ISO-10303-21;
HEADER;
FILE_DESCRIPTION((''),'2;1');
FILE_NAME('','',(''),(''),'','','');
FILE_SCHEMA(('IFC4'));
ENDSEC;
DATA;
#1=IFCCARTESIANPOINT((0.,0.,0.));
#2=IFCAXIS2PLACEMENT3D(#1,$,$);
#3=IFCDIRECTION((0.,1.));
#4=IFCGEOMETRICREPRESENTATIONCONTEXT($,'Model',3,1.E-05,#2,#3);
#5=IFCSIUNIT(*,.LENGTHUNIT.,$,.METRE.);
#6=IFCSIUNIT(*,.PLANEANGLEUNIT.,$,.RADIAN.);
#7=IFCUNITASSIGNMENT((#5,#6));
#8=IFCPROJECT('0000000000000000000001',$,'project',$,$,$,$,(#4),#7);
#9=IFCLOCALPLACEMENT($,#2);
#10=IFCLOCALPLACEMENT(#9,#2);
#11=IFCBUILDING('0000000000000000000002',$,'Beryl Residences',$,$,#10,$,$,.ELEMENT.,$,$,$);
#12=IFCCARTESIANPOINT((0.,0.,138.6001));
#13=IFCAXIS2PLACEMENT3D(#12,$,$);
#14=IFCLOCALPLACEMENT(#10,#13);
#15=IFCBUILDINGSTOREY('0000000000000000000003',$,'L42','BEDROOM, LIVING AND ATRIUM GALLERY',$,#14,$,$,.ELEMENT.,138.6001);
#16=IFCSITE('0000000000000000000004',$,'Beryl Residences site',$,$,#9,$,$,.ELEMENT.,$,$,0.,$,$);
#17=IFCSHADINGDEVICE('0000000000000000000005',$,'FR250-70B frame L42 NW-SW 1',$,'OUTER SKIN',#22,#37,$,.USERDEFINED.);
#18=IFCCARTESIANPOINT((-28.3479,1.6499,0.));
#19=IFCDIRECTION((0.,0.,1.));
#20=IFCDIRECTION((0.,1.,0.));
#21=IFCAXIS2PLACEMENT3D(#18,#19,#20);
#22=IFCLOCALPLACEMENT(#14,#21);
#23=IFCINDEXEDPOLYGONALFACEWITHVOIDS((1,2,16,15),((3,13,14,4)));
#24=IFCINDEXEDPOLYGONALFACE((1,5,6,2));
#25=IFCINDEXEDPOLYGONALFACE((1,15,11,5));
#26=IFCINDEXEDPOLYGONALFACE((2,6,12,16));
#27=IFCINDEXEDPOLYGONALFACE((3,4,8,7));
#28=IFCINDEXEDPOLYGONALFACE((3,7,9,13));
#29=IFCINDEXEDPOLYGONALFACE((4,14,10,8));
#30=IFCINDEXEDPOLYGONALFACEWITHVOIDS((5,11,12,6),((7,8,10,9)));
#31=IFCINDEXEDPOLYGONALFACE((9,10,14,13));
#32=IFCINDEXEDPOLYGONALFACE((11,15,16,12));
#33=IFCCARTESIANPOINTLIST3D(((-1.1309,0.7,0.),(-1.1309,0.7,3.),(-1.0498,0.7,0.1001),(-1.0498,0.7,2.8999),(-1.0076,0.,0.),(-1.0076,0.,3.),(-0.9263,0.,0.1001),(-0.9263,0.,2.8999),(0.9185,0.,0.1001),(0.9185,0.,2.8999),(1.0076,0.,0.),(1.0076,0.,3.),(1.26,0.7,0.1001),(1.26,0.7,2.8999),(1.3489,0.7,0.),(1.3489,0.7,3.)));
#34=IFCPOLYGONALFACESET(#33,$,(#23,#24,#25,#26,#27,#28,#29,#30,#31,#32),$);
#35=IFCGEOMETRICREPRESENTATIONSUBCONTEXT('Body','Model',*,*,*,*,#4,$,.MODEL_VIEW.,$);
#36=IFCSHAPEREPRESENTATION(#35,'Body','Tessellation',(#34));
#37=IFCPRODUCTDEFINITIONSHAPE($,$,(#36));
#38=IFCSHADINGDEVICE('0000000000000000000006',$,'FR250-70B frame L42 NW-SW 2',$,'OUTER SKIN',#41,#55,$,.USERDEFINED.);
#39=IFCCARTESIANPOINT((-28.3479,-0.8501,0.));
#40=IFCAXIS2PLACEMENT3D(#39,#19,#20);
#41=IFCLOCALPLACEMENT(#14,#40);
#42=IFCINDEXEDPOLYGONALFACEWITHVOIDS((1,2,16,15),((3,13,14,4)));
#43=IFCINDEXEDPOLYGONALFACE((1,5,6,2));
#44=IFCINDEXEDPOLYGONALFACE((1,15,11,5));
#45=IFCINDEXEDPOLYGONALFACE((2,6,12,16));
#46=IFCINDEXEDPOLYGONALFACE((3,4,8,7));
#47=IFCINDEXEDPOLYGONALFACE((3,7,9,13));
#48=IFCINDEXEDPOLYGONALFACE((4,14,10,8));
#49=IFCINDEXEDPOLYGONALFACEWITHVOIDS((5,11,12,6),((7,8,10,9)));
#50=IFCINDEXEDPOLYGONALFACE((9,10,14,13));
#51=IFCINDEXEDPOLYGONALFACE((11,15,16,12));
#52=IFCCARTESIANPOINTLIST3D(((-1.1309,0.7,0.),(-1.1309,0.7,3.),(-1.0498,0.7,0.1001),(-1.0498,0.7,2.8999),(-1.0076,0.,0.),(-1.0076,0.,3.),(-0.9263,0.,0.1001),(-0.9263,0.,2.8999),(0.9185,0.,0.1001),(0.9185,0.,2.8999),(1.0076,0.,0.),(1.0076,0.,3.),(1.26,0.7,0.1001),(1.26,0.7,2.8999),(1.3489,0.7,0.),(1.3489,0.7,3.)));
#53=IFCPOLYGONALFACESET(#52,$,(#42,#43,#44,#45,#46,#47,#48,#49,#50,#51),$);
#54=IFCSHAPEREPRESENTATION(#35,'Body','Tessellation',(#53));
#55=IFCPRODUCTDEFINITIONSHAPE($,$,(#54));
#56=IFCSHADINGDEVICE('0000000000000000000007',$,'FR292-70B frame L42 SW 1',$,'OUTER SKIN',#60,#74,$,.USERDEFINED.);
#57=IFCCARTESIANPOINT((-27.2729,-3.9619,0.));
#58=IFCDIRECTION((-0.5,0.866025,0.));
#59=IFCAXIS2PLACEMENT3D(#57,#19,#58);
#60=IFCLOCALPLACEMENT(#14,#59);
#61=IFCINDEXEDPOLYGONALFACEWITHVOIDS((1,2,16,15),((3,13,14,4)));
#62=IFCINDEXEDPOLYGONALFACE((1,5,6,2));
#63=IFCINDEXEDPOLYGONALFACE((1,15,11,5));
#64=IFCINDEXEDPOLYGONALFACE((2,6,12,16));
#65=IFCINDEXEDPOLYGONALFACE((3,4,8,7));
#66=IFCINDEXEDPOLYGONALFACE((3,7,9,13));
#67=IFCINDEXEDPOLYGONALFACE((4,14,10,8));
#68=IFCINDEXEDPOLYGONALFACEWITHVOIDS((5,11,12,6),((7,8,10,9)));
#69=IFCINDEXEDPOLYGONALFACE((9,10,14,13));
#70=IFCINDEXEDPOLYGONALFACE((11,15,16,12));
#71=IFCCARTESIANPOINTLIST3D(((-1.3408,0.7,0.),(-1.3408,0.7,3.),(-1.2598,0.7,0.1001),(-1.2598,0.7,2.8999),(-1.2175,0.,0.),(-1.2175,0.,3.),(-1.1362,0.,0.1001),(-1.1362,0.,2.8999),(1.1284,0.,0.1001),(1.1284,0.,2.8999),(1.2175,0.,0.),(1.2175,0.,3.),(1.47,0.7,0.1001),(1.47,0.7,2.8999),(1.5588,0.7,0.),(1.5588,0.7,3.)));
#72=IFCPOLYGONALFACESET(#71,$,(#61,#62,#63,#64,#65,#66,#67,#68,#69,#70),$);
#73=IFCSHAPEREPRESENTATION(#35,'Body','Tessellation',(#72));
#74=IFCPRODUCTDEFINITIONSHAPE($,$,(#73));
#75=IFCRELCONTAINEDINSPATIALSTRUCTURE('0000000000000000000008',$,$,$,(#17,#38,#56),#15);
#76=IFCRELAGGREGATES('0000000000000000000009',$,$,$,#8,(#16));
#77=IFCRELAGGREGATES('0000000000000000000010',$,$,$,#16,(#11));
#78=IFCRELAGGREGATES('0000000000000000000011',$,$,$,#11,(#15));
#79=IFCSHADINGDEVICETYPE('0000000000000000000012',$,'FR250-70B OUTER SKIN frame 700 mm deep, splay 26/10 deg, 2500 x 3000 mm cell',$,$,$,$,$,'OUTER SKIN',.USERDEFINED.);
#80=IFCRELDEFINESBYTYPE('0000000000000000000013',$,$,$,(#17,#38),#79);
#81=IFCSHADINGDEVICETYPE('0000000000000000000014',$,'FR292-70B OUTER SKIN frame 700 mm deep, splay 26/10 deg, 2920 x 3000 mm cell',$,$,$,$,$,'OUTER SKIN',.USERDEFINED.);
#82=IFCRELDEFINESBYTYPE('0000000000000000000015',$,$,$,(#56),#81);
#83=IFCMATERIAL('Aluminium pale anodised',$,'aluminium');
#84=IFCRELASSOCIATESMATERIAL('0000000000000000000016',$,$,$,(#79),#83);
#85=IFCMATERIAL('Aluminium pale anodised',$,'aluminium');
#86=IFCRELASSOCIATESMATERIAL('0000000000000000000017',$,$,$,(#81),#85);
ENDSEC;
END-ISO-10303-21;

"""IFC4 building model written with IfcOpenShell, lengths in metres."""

from ifc_helpers import new_model, entity, si_unit, direction, frame, origin, place, context, subcontext, project, spatial, source, transform, mapped, material, type_object, type_shapes, element, save


model = new_model("IFC4")

# Units and contexts
model_context = context("Model", 3, precision=1e-05, world=origin(), true_north=direction((0.0, 1.0)))
body_context = subcontext(model_context, "Body", "Model", "MODEL_VIEW")
ifc_project = project(units=[si_unit("LENGTHUNIT", "METRE"), si_unit("PLANEANGLEUNIT", "RADIAN")], contexts=[model_context])

# Site, building, storey
site_placement = place(None, origin())
site = spatial("IfcSite", under=ifc_project, at=site_placement, Name="Beryl Residences site", CompositionType="ELEMENT", RefElevation=0.0)
building_placement = place(site_placement, origin())
building = spatial("IfcBuilding", under=site, at=building_placement, Name="Beryl Residences", CompositionType="ELEMENT")
storey_placement = place(building_placement, frame((0.0, 0.0, 138.6001)))
storey = spatial("IfcBuildingStorey", under=building, at=storey_placement, Name="L42", Description="BEDROOM, LIVING AND ATRIUM GALLERY", CompositionType="ELEMENT", Elevation=138.6001)

# Shading devices
ifc_material_1 = material(Name="Aluminium pale anodised", Category="aluminium")
shading_device_type_1 = type_object("IfcShadingDeviceType", Name="FR250-70B OUTER SKIN frame 700 mm deep, splay 26/10 deg, 2500 x 3000 mm cell", ElementType="OUTER SKIN", PredefinedType="USERDEFINED", material=ifc_material_1)
cartesian_point_1 = entity("IfcCartesianPoint", [-1.0076, 0.0])
cartesian_point_2 = entity("IfcCartesianPoint", [-0.9185, 0.1001])
cartesian_point_3 = entity("IfcCartesianPoint", [-1.3489, 0.0])
cartesian_point_4 = entity("IfcCartesianPoint", [-1.26, 0.1001])
shared_shape_1 = source(origin(), body_context, "Body", "SweptSolid", [
    entity("IfcExtrudedAreaSolidTapered", entity("IfcArbitraryProfileDefWithVoids", "AREA", None, entity("IfcPolyline", [cartesian_point_1, entity("IfcCartesianPoint", [1.0076, 0.0]), entity("IfcCartesianPoint", [1.0076, 3.0]), entity("IfcCartesianPoint", [-1.0076, 3.0]), cartesian_point_1]), [entity("IfcPolyline", [cartesian_point_2, entity("IfcCartesianPoint", [0.9263, 0.1001]), entity("IfcCartesianPoint", [0.9263, 2.8999]), entity("IfcCartesianPoint", [-0.9185, 2.8999]), cartesian_point_2])]), entity("IfcAxis2Placement3D", entity("IfcCartesianPoint", [0.0, 0.0, 0.0]), entity("IfcDirection", [0.0, 1.0, 0.0]), entity("IfcDirection", [-1.0, 0.0, 0.0])), entity("IfcDirection", [0.0, 0.0, 1.0]), 0.7, entity("IfcArbitraryProfileDefWithVoids", "AREA", None, entity("IfcPolyline", [cartesian_point_3, entity("IfcCartesianPoint", [1.1309, 0.0]), entity("IfcCartesianPoint", [1.1309, 3.0]), entity("IfcCartesianPoint", [-1.3489, 3.0]), cartesian_point_3]), [entity("IfcPolyline", [cartesian_point_4, entity("IfcCartesianPoint", [1.0498, 0.1001]), entity("IfcCartesianPoint", [1.0498, 2.8999]), entity("IfcCartesianPoint", [-1.26, 2.8999]), cartesian_point_4])])),
])
type_shapes(shading_device_type_1, [shared_shape_1])
for number, where, z_axis, x_axis, name in (
    (1, (-28.3479, 1.6499, 0.0), (0.0, 0.0, 1.0), (0.0, 1.0, 0.0), "FR250-70B frame L42 NW-SW 1"),
    (2, (-28.3479, -0.8501, 0.0), (0.0, 0.0, 1.0), (0.0, 1.0, 0.0), "FR250-70B frame L42 NW-SW 2"),
):
    element("IfcShadingDevice", number, at=place(storey_placement, frame(where, z_axis=z_axis, x_axis=x_axis)), inside=storey, type_object=shading_device_type_1, Name=name, ObjectType="OUTER SKIN", PredefinedType="USERDEFINED", context=body_context, shape_type="MappedRepresentation", body=[
        mapped(shared_shape_1, transform((0.0, 0.0, 0.0))),
    ])
ifc_material_2 = material(Name="Aluminium pale anodised", Category="aluminium")
shading_device_type_2 = type_object("IfcShadingDeviceType", Name="FR292-70B OUTER SKIN frame 700 mm deep, splay 26/10 deg, 2920 x 3000 mm cell", ElementType="OUTER SKIN", PredefinedType="USERDEFINED", material=ifc_material_2)
cartesian_point_5 = entity("IfcCartesianPoint", [-1.2175, 0.0])
cartesian_point_6 = entity("IfcCartesianPoint", [-1.1284, 0.1001])
cartesian_point_7 = entity("IfcCartesianPoint", [-1.5588, 0.0])
cartesian_point_8 = entity("IfcCartesianPoint", [-1.47, 0.1001])
shared_shape_2 = source(origin(), body_context, "Body", "SweptSolid", [
    entity("IfcExtrudedAreaSolidTapered", entity("IfcArbitraryProfileDefWithVoids", "AREA", None, entity("IfcPolyline", [cartesian_point_5, entity("IfcCartesianPoint", [1.2175, 0.0]), entity("IfcCartesianPoint", [1.2175, 3.0]), entity("IfcCartesianPoint", [-1.2175, 3.0]), cartesian_point_5]), [entity("IfcPolyline", [cartesian_point_6, entity("IfcCartesianPoint", [1.1362, 0.1001]), entity("IfcCartesianPoint", [1.1362, 2.8999]), entity("IfcCartesianPoint", [-1.1284, 2.8999]), cartesian_point_6])]), entity("IfcAxis2Placement3D", entity("IfcCartesianPoint", [0.0, 0.0, 0.0]), entity("IfcDirection", [0.0, 1.0, 0.0]), entity("IfcDirection", [-1.0, 0.0, 0.0])), entity("IfcDirection", [0.0, 0.0, 1.0]), 0.7, entity("IfcArbitraryProfileDefWithVoids", "AREA", None, entity("IfcPolyline", [cartesian_point_7, entity("IfcCartesianPoint", [1.3408, 0.0]), entity("IfcCartesianPoint", [1.3408, 3.0]), entity("IfcCartesianPoint", [-1.5588, 3.0]), cartesian_point_7]), [entity("IfcPolyline", [cartesian_point_8, entity("IfcCartesianPoint", [1.2598, 0.1001]), entity("IfcCartesianPoint", [1.2598, 2.8999]), entity("IfcCartesianPoint", [-1.47, 2.8999]), cartesian_point_8])])),
])
type_shapes(shading_device_type_2, [shared_shape_2])
shading_device_placement = place(storey_placement, frame((-27.2729, -3.9619, 0.0), z_axis=(0.0, 0.0, 1.0), x_axis=(-0.5, 0.866025, 0.0)))
element("IfcShadingDevice", 3, at=shading_device_placement, inside=storey, type_object=shading_device_type_2, Name="FR292-70B frame L42 SW 1", ObjectType="OUTER SKIN", PredefinedType="USERDEFINED", context=body_context, shape_type="MappedRepresentation", body=[
    mapped(shared_shape_2, transform((0.0, 0.0, 0.0))),
])

save(model, "model.ifc")
